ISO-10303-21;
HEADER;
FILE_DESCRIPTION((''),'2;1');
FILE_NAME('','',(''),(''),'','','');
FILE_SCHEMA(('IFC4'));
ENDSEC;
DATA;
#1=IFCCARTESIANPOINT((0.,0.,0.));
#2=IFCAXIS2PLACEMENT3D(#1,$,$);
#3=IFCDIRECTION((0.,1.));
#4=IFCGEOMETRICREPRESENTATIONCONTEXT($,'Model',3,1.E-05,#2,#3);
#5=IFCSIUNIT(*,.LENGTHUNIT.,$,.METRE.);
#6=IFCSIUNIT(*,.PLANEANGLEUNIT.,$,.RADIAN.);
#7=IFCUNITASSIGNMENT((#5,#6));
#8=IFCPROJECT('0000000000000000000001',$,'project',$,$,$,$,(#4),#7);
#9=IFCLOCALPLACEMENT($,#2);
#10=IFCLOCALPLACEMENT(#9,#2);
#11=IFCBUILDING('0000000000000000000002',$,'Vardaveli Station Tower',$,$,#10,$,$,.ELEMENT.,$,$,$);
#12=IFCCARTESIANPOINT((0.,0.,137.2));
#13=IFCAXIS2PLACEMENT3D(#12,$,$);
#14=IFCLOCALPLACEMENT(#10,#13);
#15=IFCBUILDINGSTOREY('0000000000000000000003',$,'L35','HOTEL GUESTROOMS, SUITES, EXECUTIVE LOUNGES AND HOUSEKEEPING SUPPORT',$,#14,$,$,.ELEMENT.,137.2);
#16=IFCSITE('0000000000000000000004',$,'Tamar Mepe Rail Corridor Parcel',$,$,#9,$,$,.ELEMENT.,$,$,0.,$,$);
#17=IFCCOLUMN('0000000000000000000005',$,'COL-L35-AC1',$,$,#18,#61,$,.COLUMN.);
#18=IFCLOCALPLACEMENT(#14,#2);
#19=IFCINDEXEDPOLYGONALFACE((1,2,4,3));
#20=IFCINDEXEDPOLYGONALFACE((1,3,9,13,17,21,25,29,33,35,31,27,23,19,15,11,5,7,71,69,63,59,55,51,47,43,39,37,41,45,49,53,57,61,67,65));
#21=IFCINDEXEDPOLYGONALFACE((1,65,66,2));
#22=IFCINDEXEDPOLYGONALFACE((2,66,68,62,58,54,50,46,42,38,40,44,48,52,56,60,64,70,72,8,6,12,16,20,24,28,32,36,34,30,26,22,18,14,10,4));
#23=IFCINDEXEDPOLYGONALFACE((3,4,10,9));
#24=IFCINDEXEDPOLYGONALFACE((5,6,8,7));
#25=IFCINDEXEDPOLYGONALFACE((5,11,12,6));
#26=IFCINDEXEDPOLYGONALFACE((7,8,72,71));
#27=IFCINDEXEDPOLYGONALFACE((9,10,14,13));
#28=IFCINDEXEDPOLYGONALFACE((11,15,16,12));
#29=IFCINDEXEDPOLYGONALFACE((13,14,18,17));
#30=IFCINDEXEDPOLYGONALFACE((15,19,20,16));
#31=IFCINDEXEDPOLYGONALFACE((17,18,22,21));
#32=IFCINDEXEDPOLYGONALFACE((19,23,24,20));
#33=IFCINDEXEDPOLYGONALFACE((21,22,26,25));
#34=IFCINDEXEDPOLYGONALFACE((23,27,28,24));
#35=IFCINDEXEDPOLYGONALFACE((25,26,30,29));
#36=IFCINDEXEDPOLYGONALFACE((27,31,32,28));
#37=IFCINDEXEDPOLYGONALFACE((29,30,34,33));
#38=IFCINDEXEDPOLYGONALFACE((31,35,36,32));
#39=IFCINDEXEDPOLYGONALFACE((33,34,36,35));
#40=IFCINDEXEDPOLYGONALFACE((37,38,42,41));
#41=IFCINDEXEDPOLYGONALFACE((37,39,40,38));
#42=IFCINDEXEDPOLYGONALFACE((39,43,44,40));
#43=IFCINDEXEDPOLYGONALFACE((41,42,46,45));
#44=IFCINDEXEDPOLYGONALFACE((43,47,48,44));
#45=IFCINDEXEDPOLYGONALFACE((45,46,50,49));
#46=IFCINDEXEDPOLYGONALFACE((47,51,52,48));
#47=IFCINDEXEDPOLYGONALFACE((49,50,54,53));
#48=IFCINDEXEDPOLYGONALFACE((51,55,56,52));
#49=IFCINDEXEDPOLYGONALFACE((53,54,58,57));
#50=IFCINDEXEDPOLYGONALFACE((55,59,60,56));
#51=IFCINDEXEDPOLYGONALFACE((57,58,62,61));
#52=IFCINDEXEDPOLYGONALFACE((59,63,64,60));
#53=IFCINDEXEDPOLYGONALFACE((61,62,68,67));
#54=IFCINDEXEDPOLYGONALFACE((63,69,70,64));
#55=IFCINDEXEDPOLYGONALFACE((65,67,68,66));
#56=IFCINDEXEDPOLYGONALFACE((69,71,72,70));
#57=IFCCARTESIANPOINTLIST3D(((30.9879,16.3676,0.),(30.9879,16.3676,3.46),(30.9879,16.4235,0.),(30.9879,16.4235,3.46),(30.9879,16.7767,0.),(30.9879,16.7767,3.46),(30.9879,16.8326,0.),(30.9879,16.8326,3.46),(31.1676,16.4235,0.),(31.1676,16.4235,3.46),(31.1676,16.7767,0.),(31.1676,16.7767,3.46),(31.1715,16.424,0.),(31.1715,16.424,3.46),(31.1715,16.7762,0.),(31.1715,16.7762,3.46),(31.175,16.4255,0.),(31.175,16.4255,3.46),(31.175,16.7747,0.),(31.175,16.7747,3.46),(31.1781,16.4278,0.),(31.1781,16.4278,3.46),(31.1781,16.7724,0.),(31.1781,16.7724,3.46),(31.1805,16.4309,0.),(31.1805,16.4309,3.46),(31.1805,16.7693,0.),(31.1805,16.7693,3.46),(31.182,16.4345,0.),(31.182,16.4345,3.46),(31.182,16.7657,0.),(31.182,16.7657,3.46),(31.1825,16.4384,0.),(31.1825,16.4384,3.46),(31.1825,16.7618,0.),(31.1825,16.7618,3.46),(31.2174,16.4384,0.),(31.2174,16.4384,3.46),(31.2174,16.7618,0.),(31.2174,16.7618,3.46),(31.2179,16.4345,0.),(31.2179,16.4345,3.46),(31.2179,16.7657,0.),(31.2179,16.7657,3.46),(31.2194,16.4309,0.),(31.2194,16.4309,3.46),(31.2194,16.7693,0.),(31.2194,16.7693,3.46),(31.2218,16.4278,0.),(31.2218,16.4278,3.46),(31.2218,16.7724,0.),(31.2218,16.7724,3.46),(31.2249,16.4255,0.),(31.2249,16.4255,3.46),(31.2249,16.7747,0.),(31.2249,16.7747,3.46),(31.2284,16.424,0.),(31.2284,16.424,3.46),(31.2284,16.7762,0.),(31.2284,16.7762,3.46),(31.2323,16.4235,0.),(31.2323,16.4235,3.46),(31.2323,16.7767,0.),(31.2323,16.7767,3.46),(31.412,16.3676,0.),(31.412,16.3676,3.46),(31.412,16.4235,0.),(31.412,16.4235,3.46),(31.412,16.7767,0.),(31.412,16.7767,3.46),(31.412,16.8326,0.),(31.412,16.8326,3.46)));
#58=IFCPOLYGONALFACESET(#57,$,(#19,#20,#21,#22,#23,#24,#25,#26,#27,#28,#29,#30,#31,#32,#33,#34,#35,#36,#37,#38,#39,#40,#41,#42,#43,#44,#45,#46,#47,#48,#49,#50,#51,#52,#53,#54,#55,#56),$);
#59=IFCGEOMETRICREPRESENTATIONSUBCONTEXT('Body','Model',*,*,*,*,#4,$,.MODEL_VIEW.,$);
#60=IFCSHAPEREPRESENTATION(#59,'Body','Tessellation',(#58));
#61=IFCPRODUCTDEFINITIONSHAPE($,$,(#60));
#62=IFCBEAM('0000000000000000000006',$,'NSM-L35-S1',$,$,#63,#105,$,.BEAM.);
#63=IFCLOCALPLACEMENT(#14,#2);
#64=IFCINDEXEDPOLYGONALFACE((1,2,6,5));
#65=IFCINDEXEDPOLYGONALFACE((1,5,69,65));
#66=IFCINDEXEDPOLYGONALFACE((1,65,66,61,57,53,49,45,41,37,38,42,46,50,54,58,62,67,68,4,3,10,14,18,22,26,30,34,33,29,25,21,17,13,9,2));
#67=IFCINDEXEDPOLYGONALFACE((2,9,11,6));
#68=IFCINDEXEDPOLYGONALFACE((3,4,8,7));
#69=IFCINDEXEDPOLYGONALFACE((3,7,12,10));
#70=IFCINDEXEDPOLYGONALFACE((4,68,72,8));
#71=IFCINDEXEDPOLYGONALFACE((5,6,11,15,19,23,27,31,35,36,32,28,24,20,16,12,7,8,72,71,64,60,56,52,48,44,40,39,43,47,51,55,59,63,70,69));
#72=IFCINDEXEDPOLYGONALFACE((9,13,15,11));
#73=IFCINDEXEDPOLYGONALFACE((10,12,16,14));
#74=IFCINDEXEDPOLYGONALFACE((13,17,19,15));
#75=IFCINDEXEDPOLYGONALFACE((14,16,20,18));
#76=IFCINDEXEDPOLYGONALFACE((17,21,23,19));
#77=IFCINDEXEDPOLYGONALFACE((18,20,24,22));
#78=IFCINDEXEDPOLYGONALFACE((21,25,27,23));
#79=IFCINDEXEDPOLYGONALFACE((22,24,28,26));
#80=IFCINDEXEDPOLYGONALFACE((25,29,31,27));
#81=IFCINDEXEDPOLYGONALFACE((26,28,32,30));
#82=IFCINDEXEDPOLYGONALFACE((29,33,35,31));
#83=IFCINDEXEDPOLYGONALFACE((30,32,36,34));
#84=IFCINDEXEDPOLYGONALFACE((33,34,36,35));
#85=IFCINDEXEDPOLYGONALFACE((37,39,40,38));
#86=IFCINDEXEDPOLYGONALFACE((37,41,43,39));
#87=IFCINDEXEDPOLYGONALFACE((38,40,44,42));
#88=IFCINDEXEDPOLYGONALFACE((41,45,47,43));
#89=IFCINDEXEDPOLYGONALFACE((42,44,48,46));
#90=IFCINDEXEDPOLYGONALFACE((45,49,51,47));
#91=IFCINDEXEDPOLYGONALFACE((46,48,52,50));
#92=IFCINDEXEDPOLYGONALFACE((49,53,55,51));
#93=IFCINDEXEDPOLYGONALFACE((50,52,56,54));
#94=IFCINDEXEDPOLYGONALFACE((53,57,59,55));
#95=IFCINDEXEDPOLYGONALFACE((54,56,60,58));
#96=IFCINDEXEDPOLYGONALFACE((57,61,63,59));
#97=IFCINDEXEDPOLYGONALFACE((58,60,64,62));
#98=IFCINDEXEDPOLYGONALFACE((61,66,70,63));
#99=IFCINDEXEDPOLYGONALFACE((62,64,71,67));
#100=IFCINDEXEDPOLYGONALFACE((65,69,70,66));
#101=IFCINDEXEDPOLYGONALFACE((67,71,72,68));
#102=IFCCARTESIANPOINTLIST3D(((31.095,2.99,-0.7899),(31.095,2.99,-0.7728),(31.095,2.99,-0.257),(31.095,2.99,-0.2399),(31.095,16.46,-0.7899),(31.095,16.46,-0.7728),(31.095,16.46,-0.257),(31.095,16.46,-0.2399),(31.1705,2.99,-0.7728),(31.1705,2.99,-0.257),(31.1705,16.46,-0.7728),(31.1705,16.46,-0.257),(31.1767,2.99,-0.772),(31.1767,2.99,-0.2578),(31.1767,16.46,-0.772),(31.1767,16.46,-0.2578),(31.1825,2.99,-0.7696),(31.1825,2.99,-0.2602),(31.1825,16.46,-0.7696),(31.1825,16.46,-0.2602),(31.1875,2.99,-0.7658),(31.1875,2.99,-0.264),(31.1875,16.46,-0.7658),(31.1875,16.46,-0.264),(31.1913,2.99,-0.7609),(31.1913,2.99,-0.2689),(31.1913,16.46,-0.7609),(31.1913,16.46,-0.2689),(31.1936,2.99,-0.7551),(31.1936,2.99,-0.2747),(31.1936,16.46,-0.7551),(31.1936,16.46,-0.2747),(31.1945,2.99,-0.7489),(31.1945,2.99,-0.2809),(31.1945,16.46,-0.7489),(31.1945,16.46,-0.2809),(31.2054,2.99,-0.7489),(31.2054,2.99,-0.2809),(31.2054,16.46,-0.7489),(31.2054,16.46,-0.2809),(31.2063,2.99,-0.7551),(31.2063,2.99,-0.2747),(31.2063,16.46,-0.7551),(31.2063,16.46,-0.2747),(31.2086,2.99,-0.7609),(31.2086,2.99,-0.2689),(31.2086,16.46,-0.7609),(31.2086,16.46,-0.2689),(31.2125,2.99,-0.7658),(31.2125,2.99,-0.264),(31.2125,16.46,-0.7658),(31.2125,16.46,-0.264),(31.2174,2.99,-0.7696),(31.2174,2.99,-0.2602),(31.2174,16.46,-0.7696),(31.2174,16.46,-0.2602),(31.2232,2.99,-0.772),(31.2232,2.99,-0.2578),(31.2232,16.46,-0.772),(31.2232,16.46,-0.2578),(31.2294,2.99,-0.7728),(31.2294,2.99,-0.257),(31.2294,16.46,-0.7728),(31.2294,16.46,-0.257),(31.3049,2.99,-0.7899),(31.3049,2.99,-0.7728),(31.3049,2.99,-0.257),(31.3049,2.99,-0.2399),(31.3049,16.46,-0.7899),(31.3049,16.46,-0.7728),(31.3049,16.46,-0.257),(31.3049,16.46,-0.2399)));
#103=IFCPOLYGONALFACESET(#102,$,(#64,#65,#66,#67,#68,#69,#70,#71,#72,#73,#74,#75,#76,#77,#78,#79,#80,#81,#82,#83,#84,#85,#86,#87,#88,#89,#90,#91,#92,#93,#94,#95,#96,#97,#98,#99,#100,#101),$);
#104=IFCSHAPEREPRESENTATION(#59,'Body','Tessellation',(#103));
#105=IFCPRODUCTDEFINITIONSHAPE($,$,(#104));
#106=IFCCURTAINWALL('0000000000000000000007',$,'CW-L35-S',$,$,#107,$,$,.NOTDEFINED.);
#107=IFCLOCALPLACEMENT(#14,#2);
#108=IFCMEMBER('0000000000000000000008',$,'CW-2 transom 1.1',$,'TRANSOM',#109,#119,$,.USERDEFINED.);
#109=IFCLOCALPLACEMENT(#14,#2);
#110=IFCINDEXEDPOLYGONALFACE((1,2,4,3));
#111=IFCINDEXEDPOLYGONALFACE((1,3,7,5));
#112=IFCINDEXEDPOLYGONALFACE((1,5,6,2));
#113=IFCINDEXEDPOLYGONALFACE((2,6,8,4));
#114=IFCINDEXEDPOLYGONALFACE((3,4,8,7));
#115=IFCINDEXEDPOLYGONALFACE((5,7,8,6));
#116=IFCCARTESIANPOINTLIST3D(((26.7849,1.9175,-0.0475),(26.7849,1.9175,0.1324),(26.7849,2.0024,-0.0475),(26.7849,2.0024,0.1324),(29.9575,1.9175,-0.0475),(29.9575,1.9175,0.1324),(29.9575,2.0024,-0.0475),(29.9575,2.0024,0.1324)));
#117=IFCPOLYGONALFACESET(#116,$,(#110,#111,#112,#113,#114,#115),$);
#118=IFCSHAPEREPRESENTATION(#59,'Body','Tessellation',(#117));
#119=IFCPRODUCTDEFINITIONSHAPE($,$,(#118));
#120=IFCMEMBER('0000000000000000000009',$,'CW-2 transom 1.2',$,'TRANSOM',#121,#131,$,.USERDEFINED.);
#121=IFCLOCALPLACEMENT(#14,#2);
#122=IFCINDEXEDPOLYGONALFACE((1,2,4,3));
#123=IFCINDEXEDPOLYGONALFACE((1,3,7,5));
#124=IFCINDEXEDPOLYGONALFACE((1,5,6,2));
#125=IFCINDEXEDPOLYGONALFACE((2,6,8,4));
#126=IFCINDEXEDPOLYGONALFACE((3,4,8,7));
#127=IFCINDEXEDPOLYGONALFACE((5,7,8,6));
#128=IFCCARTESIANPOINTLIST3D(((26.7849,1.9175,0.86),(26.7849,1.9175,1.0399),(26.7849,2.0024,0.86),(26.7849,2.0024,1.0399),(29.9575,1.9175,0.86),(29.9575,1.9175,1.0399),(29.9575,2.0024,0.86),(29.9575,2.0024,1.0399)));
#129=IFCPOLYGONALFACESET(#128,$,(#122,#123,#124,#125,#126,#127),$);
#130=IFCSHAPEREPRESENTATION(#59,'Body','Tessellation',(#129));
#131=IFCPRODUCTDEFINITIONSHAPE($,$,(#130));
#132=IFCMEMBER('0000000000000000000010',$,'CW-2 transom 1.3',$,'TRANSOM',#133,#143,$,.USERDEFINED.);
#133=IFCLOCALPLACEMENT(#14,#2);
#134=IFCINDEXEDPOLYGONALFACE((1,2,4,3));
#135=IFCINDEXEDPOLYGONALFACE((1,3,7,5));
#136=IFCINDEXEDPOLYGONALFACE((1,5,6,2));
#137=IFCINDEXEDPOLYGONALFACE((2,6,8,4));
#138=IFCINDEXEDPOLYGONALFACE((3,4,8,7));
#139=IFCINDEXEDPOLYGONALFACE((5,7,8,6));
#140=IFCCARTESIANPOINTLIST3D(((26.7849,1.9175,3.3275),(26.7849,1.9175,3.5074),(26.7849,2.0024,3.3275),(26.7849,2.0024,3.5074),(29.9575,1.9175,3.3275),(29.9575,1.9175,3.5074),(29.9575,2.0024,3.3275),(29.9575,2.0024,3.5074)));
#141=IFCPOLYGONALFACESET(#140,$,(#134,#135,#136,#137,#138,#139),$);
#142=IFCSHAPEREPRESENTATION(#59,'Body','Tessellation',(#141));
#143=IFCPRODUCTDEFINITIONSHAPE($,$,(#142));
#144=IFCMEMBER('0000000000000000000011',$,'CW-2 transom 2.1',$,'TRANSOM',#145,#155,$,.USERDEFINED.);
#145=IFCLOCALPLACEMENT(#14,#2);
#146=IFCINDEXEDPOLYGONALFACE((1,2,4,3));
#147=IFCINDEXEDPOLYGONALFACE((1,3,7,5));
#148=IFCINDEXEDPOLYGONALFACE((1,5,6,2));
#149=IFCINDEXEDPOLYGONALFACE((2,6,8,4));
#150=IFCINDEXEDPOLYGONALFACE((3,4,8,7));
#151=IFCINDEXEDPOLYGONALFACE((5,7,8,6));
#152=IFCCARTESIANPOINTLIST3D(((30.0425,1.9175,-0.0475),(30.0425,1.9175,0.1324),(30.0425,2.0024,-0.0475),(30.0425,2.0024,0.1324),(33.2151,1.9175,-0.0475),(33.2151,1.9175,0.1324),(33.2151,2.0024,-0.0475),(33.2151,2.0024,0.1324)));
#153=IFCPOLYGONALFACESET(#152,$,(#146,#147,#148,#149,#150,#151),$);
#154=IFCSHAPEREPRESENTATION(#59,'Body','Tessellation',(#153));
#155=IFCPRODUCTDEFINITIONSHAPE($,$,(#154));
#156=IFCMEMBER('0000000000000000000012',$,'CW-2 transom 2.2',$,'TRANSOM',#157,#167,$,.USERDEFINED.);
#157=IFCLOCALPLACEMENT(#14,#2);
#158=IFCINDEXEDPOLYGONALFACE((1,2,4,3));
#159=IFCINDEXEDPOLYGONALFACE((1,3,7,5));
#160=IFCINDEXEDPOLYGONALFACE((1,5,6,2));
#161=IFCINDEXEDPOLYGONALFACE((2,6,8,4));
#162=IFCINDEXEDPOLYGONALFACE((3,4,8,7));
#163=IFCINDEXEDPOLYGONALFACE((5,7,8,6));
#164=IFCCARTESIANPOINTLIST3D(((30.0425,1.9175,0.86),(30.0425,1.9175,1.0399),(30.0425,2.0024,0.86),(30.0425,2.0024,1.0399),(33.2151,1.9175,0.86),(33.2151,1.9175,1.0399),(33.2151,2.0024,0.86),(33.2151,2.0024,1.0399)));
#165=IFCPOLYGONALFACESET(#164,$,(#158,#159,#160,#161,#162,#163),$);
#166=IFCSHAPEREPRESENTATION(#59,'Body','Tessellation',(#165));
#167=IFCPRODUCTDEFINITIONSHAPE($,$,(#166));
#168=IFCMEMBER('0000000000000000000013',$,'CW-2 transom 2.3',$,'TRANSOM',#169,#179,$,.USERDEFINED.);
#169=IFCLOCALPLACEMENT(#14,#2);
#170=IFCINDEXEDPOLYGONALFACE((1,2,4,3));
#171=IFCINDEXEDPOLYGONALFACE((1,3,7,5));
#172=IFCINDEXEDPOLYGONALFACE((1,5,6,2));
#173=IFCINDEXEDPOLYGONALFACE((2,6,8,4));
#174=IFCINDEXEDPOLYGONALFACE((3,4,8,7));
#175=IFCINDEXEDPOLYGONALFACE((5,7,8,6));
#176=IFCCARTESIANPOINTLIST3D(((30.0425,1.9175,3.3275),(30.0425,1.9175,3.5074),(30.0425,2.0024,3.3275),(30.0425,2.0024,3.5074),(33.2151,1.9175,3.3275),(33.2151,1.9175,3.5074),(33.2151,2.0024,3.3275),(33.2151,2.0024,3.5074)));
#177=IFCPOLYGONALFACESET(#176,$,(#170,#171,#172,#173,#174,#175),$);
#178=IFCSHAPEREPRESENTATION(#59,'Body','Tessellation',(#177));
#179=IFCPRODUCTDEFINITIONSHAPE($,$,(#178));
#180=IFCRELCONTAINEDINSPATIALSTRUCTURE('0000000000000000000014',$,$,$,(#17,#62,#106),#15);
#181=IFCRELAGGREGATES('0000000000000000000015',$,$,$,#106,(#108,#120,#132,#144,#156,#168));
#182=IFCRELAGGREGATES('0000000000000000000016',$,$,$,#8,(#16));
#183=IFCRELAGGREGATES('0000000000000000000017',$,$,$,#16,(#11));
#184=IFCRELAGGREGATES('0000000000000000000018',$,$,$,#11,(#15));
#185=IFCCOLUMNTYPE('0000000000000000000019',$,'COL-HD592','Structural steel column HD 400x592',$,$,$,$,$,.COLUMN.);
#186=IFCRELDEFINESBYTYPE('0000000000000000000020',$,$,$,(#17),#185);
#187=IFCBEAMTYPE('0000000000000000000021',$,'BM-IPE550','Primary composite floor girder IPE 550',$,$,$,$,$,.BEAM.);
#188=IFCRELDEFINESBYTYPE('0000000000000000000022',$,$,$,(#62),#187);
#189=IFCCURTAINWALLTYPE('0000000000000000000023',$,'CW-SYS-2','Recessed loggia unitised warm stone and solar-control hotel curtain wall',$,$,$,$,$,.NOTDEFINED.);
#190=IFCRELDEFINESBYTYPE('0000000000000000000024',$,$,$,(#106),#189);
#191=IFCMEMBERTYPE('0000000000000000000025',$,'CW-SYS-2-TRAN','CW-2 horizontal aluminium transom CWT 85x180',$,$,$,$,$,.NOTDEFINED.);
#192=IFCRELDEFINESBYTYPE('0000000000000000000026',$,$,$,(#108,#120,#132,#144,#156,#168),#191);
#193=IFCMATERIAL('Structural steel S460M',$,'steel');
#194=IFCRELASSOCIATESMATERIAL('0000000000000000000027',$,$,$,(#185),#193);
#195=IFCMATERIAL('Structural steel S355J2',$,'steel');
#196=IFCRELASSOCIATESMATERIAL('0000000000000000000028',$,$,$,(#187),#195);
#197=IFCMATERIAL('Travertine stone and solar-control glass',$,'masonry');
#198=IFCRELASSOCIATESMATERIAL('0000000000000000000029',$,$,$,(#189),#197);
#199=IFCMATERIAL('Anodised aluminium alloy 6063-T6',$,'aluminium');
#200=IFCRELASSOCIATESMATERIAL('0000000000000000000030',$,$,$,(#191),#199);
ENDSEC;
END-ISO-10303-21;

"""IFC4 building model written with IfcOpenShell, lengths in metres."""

from ifc_helpers import new_model, si_unit, direction, frame, origin, origin_2d, place, context, subcontext, project, spatial, rectangle, i_section, extrude, source, transform, mapped, material, material_profile, profile_set, type_object, element, aggregate, save


model = new_model("IFC4")

# Units and contexts
model_context = context("Model", 3, precision=1e-05, world=origin(), true_north=direction((0.0, 1.0)))
body_context = subcontext(model_context, "Body", "Model", "MODEL_VIEW")
ifc_project = project(units=[si_unit("LENGTHUNIT", "METRE"), si_unit("PLANEANGLEUNIT", "RADIAN")], contexts=[model_context])

# Site, building, storey
site_placement = place(None, origin())
site = spatial("IfcSite", under=ifc_project, at=site_placement, Name="Tamar Mepe Rail Corridor Parcel", CompositionType="ELEMENT", RefElevation=0.0)
building_placement = place(site_placement, origin())
building = spatial("IfcBuilding", under=site, at=building_placement, Name="Vardaveli Station Tower", CompositionType="ELEMENT")
storey_placement = place(building_placement, frame((0.0, 0.0, 137.2)))
storey = spatial("IfcBuildingStorey", under=building, at=storey_placement, Name="L35", Description="HOTEL GUESTROOMS, SUITES, EXECUTIVE LOUNGES AND HOUSEKEEPING SUPPORT", CompositionType="ELEMENT", Elevation=137.2)

# Column
ifc_material_1 = material(Name="Structural steel S460M", Category="steel")
ifc_material_profile_1 = material_profile(ifc_material_1, i_section(OverallWidth=0.4241, OverallDepth=0.4651, WebThickness=0.0349, FlangeThickness=0.0559, FilletRadius=0.0149, at=origin_2d()), Name="HD 400x592")
ifc_profile_set_1 = profile_set([ifc_material_profile_1], Name="Structural steel S460M")
column_type = type_object("IfcColumnType", Name="COL-HD592", Description="Structural steel column HD 400x592", PredefinedType="COLUMN", material=ifc_profile_set_1)
shared_shape_1 = source(origin(), body_context, "Body", "SweptSolid", [
    extrude(i_section(OverallWidth=0.4241, OverallDepth=0.4651, WebThickness=0.0349, FlangeThickness=0.0559, FilletRadius=0.0149, at=origin_2d()), origin(), (0.0, 0.0, 1.0), 3.46),
])
column_placement = place(storey_placement, frame((31.2, 16.6001, 0.0), z_axis=(0.0, 0.0, 1.0), x_axis=(1.0, 0.0, 0.0)))
element("IfcColumn", 1, at=column_placement, inside=storey, type_object=column_type, Name="COL-L35-AC1", PredefinedType="COLUMN", context=body_context, shape_type="MappedRepresentation", body=[
    mapped(shared_shape_1, transform((0.0, 0.0, 0.0), scale=1.0)),
])

# Beam
ifc_material_2 = material(Name="Structural steel S355J2", Category="steel")
ifc_material_profile_2 = material_profile(ifc_material_2, i_section(OverallWidth=0.21, OverallDepth=0.55, WebThickness=0.011, FlangeThickness=0.0171, FilletRadius=0.0239, at=origin_2d()), Name="IPE 550")
ifc_profile_set_2 = profile_set([ifc_material_profile_2], Name="Structural steel S355J2")
beam_type = type_object("IfcBeamType", Name="BM-IPE550", Description="Primary composite floor girder IPE 550", PredefinedType="BEAM", material=ifc_profile_set_2)
shared_shape_2 = source(origin(), body_context, "Body", "SweptSolid", [
    extrude(i_section(OverallWidth=0.21, OverallDepth=0.55, WebThickness=0.011, FlangeThickness=0.0171, FilletRadius=0.0239, at=origin_2d()), origin(), (0.0, 0.0, 1.0), 13.47),
])
beam_placement = place(storey_placement, frame((31.2, 2.99, -0.5149), z_axis=(0.0, 1.0, 0.0), x_axis=(-1.0, 0.0, 0.0)))
element("IfcBeam", 2, at=beam_placement, inside=storey, type_object=beam_type, Name="NSM-L35-S1", PredefinedType="BEAM", context=body_context, shape_type="MappedRepresentation", body=[
    mapped(shared_shape_2, transform((0.0, 0.0, 0.0), scale=1.0)),
])

# Curtain wall, members
ifc_material_3 = material(Name="Travertine stone and solar-control glass", Category="masonry")
curtain_wall_type = type_object("IfcCurtainWallType", Name="CW-SYS-2", Description="Recessed loggia unitised warm stone and solar-control hotel curtain wall", PredefinedType="NOTDEFINED", material=ifc_material_3)
curtain_wall_placement = place(storey_placement, origin())
curtain_wall = element("IfcCurtainWall", 3, at=curtain_wall_placement, inside=storey, type_object=curtain_wall_type, Name="CW-L35-S", PredefinedType="NOTDEFINED")
ifc_material_4 = material(Name="Anodised aluminium alloy 6063-T6", Category="aluminium")
ifc_material_profile_3 = material_profile(ifc_material_4, rectangle(XDim=0.085, YDim=0.1799, at=origin_2d()), Name="CWT 85x180")
ifc_profile_set_3 = profile_set([ifc_material_profile_3], Name="Anodised aluminium alloy 6063-T6")
member_type_1 = type_object("IfcMemberType", Name="CW-SYS-2-TRAN", Description="CW-2 horizontal aluminium transom CWT 85x180", PredefinedType="NOTDEFINED", material=ifc_profile_set_3)
shared_shape_3 = source(origin(), body_context, "Body", "SweptSolid", [
    extrude(rectangle(XDim=0.085, YDim=0.1799, at=origin_2d()), origin(), (0.0, 0.0, 1.0), 3.1726),
])
member_1_placement = place(storey_placement, frame((26.7849, 1.96, 0.0425), z_axis=(1.0, 0.0, 0.0), x_axis=(0.0, 1.0, 0.0)))
member_1 = element("IfcMember", 4, at=member_1_placement, type_object=member_type_1, Name="CW-2 transom 1.1", ObjectType="TRANSOM", PredefinedType="USERDEFINED", context=body_context, shape_type="MappedRepresentation", body=[
    mapped(shared_shape_3, transform((0.0, 0.0, 0.0), scale=1.0)),
])
member_2_placement = place(storey_placement, frame((26.7849, 1.96, 0.95), z_axis=(1.0, 0.0, 0.0), x_axis=(0.0, 1.0, 0.0)))
member_2 = element("IfcMember", 5, at=member_2_placement, type_object=member_type_1, Name="CW-2 transom 1.2", ObjectType="TRANSOM", PredefinedType="USERDEFINED", context=body_context, shape_type="MappedRepresentation", body=[
    mapped(shared_shape_3, transform((0.0, 0.0, 0.0), scale=1.0)),
])
member_3_placement = place(storey_placement, frame((26.7849, 1.96, 3.4175), z_axis=(1.0, 0.0, 0.0), x_axis=(0.0, 1.0, 0.0)))
member_3 = element("IfcMember", 6, at=member_3_placement, type_object=member_type_1, Name="CW-2 transom 1.3", ObjectType="TRANSOM", PredefinedType="USERDEFINED", context=body_context, shape_type="MappedRepresentation", body=[
    mapped(shared_shape_3, transform((0.0, 0.0, 0.0), scale=1.0)),
])
member_4_placement = place(storey_placement, frame((30.0425, 1.96, 0.0425), z_axis=(1.0, 0.0, 0.0), x_axis=(0.0, 1.0, 0.0)))
member_4 = element("IfcMember", 7, at=member_4_placement, type_object=member_type_1, Name="CW-2 transom 2.1", ObjectType="TRANSOM", PredefinedType="USERDEFINED", context=body_context, shape_type="MappedRepresentation", body=[
    mapped(shared_shape_3, transform((0.0, 0.0, 0.0), scale=1.0)),
])
member_5_placement = place(storey_placement, frame((30.0425, 1.96, 0.95), z_axis=(1.0, 0.0, 0.0), x_axis=(0.0, 1.0, 0.0)))
member_5 = element("IfcMember", 8, at=member_5_placement, type_object=member_type_1, Name="CW-2 transom 2.2", ObjectType="TRANSOM", PredefinedType="USERDEFINED", context=body_context, shape_type="MappedRepresentation", body=[
    mapped(shared_shape_3, transform((0.0, 0.0, 0.0), scale=1.0)),
])
member_6_placement = place(storey_placement, frame((30.0425, 1.96, 3.4175), z_axis=(1.0, 0.0, 0.0), x_axis=(0.0, 1.0, 0.0)))
member_6 = element("IfcMember", 9, at=member_6_placement, type_object=member_type_1, Name="CW-2 transom 2.3", ObjectType="TRANSOM", PredefinedType="USERDEFINED", context=body_context, shape_type="MappedRepresentation", body=[
    mapped(shared_shape_3, transform((0.0, 0.0, 0.0), scale=1.0)),
])
aggregate(curtain_wall, [member_1, member_2, member_3, member_4, member_5, member_6])

save(model, "model.ifc")
